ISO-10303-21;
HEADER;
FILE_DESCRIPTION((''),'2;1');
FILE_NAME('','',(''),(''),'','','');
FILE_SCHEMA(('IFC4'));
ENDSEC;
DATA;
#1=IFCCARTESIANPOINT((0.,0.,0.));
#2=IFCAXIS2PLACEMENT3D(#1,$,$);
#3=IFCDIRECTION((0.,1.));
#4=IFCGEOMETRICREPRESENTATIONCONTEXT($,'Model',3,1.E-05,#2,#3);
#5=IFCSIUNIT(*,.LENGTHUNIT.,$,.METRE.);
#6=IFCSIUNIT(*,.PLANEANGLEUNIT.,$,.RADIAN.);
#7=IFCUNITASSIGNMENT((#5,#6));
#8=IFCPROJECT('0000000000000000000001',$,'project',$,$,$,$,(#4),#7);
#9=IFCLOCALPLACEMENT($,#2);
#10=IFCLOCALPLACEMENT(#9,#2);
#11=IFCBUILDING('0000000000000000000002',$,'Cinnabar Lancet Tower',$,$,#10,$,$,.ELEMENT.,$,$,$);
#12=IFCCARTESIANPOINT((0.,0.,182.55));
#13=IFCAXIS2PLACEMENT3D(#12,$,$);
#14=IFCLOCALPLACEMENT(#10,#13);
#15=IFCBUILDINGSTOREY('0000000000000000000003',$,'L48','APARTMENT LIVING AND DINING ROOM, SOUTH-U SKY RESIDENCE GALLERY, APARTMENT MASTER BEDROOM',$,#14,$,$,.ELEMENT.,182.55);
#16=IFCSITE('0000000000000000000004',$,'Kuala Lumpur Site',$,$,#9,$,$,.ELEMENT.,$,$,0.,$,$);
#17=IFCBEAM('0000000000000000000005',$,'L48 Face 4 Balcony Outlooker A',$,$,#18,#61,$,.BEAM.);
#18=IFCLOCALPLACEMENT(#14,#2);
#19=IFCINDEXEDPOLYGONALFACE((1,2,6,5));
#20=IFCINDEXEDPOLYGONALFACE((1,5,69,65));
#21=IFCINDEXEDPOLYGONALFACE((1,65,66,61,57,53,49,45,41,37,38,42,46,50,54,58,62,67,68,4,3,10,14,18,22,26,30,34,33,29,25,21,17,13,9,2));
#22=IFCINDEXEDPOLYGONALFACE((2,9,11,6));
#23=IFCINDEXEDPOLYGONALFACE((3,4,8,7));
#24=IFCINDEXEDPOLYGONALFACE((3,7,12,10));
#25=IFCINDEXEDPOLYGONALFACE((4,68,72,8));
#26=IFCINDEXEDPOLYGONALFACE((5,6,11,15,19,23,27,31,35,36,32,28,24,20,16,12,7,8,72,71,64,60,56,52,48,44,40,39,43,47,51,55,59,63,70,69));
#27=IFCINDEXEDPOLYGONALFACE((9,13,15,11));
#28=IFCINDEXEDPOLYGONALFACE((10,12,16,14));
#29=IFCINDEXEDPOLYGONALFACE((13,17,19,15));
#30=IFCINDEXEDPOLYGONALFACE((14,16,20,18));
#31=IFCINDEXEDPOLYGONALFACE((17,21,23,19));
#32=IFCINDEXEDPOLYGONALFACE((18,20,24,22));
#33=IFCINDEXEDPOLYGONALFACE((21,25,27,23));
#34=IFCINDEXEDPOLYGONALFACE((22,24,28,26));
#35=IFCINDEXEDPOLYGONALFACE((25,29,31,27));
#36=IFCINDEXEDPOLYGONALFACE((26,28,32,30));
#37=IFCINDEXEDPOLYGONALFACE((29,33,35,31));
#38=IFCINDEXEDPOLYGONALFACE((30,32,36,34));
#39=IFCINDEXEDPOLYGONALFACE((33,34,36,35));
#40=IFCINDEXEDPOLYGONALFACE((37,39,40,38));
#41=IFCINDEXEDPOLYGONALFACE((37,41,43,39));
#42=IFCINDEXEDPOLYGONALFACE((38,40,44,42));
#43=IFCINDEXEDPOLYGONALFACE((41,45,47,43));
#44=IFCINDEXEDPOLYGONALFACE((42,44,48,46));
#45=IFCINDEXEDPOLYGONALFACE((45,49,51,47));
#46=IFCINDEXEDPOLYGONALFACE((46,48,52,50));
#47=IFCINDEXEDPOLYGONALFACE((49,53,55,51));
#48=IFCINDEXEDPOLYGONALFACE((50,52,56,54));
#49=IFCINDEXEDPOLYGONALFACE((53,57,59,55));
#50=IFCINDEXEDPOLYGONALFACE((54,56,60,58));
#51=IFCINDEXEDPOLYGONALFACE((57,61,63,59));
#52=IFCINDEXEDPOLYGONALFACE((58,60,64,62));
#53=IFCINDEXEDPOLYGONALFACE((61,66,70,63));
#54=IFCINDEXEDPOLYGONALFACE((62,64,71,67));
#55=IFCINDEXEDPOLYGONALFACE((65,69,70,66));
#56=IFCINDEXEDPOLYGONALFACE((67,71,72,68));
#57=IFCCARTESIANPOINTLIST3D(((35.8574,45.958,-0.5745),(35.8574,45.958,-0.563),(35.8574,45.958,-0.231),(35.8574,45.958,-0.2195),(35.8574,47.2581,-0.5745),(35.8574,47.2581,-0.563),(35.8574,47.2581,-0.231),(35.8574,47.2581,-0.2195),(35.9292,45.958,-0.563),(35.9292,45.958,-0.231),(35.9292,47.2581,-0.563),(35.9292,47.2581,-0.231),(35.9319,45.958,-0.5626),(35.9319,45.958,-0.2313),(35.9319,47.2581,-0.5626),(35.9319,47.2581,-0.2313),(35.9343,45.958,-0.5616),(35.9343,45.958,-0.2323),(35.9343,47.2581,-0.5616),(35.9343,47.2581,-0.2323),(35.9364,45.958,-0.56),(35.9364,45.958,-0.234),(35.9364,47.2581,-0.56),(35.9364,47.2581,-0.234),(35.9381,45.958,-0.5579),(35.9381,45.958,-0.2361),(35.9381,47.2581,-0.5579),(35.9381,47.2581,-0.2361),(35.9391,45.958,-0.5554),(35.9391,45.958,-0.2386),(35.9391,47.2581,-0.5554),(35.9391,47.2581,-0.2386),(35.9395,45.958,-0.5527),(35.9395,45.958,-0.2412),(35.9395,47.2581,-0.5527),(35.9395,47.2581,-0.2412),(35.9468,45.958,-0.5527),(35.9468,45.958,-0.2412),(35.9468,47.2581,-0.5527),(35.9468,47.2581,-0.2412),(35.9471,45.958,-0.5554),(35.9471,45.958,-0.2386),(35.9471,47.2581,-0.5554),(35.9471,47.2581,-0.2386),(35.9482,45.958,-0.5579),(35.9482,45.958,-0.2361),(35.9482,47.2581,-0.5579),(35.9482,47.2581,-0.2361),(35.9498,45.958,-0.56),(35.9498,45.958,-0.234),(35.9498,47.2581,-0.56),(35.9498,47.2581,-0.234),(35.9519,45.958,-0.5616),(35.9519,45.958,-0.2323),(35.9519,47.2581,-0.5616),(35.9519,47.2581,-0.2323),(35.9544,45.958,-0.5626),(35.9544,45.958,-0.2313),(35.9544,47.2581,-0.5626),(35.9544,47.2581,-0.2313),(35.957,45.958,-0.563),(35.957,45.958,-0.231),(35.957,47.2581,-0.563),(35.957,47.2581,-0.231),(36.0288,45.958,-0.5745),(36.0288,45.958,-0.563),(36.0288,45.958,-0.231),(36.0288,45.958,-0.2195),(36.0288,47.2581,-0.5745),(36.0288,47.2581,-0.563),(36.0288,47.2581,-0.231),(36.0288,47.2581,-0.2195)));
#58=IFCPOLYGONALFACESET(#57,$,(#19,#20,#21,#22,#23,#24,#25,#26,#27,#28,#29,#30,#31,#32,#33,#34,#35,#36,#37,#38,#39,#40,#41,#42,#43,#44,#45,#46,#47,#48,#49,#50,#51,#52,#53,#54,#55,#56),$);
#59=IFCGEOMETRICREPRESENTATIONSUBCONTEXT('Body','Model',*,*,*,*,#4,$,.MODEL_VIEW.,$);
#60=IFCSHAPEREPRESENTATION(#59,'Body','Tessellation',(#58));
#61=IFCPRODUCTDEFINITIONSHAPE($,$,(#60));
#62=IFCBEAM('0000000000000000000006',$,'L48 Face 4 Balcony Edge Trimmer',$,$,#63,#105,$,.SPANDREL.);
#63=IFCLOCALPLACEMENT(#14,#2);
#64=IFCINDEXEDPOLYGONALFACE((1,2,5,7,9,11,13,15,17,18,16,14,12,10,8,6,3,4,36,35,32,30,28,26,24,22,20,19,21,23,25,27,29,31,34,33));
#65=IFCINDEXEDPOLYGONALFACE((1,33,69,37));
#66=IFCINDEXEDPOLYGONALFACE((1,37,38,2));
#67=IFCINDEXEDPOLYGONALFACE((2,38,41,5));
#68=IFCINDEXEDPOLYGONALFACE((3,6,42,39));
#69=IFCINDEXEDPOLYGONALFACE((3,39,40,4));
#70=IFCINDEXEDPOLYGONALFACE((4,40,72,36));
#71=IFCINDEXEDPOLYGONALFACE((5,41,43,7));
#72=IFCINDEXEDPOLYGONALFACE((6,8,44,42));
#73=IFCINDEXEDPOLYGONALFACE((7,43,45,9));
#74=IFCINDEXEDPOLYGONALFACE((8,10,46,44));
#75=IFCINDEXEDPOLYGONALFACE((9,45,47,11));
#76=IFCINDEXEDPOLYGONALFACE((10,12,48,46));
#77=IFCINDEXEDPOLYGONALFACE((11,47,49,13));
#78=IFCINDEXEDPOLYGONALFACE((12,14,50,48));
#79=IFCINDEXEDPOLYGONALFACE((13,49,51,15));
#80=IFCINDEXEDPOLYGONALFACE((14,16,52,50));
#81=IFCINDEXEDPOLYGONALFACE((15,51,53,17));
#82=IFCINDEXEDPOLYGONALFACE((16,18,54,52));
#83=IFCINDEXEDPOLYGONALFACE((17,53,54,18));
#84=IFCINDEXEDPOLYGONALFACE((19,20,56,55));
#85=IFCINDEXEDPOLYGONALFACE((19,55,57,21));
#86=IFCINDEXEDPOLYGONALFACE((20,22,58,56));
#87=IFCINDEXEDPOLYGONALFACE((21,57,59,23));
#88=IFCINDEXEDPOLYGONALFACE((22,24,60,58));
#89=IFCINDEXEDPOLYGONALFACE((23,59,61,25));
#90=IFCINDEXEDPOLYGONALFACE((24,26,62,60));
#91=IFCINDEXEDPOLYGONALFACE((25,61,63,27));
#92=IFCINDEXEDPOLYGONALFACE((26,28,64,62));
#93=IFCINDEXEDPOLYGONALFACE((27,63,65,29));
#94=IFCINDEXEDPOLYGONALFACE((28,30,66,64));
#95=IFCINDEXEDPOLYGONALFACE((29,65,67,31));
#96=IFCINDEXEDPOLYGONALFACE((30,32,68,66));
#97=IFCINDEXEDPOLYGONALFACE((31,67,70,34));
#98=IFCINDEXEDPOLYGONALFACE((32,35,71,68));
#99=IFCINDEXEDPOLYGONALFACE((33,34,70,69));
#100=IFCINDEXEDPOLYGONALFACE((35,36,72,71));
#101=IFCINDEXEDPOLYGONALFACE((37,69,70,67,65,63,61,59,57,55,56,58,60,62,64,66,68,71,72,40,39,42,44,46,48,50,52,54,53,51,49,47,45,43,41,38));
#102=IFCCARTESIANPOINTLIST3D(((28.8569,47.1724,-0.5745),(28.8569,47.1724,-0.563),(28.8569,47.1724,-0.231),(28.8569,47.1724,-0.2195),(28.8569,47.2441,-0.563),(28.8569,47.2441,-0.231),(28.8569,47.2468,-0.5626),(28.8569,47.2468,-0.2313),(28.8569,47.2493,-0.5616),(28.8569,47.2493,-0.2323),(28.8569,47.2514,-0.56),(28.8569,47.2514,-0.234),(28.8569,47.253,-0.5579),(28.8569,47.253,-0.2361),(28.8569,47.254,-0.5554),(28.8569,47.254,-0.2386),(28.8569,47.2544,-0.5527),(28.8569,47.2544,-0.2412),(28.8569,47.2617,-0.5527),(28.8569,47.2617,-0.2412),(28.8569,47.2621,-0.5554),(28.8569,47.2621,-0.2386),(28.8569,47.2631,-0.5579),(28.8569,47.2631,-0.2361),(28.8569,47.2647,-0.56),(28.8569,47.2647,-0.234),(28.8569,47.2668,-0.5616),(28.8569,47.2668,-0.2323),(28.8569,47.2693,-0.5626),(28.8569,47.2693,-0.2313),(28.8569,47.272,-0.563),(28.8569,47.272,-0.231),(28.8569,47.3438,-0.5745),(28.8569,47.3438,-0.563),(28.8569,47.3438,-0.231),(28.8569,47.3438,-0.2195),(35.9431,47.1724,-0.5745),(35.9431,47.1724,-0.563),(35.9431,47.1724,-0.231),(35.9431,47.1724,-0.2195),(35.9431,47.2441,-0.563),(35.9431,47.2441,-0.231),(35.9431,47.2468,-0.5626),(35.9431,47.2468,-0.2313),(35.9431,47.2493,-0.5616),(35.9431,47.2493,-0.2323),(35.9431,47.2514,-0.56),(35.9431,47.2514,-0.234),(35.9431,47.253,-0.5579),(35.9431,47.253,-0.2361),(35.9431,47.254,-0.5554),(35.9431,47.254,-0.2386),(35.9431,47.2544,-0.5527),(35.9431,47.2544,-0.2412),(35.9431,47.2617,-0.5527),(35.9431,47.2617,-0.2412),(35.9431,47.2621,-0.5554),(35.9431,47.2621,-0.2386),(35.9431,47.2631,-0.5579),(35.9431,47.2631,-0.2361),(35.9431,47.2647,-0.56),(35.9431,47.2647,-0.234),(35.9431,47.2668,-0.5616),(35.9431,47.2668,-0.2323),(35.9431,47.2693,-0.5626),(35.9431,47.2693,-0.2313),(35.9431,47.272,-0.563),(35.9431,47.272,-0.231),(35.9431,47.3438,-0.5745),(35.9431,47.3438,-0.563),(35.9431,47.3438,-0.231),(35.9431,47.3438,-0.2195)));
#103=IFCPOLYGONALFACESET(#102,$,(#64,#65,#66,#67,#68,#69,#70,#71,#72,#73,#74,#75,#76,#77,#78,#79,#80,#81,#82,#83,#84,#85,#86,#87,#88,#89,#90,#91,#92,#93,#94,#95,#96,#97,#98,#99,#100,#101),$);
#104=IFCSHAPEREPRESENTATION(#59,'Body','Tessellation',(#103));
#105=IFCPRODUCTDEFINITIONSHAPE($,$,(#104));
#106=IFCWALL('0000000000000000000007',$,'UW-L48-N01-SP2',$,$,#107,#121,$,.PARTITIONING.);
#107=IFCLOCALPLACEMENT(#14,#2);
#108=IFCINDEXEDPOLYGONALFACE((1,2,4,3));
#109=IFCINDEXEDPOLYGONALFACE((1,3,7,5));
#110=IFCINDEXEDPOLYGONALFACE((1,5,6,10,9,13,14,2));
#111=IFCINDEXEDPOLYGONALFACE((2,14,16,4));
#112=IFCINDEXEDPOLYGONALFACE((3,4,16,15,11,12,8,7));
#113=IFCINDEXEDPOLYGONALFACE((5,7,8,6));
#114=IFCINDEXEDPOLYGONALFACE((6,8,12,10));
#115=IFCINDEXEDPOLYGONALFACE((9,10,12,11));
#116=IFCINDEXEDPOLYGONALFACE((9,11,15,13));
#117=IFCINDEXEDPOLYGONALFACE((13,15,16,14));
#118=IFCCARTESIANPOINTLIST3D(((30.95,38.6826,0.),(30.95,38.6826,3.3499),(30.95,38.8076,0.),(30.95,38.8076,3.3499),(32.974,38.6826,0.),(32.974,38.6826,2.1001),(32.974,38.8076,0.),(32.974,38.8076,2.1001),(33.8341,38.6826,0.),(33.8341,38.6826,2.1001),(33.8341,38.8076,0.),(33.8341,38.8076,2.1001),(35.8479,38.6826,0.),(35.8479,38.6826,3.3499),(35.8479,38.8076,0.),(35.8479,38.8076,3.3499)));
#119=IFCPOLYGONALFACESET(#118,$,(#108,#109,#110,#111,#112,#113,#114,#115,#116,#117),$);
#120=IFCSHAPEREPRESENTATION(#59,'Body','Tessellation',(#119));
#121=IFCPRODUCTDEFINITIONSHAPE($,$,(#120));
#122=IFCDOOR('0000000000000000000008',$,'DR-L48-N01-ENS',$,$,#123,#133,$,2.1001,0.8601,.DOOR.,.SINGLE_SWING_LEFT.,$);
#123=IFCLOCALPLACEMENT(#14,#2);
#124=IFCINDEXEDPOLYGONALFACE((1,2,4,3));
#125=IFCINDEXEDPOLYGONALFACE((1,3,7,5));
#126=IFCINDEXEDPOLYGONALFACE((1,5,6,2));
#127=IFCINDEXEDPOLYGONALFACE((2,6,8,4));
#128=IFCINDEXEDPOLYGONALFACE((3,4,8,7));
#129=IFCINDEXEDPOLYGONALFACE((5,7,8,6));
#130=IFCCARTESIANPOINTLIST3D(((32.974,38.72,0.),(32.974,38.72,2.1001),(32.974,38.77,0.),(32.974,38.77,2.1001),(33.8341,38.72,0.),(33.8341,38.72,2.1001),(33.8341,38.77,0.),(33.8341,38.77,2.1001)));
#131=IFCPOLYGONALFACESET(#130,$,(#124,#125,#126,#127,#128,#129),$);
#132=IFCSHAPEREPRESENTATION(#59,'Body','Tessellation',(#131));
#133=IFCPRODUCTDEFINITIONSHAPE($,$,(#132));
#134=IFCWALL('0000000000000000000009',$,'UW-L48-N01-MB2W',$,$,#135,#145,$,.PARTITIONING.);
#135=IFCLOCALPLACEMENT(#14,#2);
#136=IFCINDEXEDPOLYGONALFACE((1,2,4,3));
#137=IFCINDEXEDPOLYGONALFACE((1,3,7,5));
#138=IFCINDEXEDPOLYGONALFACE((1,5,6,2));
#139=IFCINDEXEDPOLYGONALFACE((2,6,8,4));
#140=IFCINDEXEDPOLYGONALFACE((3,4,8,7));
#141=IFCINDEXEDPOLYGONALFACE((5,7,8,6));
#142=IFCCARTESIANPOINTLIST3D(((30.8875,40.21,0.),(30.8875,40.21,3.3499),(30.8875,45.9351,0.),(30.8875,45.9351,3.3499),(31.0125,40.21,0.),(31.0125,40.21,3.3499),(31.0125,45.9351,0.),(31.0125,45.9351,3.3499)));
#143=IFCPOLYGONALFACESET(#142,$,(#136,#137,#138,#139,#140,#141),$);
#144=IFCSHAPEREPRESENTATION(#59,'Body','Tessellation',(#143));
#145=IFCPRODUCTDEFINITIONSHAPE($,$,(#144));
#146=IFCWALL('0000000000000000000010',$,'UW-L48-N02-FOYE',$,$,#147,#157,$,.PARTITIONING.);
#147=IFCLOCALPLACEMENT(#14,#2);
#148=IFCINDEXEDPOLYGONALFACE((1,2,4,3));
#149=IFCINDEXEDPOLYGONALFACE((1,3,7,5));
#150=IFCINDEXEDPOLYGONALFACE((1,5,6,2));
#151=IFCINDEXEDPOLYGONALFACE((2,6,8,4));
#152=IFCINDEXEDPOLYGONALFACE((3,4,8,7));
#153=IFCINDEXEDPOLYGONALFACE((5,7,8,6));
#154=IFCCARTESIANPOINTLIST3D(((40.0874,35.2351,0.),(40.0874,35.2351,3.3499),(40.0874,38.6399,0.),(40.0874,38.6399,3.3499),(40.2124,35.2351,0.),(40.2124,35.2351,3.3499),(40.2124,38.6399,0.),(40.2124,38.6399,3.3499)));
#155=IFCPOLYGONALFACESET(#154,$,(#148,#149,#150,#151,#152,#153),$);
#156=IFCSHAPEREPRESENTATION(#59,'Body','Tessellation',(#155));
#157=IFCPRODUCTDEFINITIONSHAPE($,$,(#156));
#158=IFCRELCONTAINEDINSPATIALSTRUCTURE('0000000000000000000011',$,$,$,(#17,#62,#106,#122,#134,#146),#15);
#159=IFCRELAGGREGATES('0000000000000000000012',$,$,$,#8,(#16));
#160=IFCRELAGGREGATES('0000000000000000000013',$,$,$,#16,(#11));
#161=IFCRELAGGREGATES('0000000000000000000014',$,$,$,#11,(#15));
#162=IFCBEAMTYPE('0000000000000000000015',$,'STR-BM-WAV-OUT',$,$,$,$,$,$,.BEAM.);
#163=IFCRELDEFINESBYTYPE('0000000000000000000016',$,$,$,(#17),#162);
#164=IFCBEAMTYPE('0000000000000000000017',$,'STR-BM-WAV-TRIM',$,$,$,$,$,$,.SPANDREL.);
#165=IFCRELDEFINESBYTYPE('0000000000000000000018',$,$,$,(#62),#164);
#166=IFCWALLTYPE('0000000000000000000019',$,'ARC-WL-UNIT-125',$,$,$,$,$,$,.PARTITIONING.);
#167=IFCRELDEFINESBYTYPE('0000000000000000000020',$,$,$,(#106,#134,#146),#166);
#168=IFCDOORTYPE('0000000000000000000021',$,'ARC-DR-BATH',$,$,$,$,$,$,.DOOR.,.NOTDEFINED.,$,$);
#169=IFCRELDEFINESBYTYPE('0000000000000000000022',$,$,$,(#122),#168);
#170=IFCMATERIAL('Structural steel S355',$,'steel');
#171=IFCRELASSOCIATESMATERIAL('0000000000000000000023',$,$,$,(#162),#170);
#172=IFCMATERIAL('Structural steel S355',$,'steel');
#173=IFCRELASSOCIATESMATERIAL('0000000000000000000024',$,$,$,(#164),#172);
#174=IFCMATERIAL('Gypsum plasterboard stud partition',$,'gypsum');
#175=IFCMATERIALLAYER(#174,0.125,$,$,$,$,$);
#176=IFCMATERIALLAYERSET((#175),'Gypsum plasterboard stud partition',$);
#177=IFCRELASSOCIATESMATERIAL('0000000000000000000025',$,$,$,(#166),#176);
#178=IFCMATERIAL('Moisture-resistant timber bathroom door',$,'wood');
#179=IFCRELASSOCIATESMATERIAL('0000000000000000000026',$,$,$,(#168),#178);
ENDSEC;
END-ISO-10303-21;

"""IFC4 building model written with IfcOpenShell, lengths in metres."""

from ifc_helpers import new_model, si_unit, direction, frame, frame_2d, origin, origin_2d, place, context, subcontext, project, spatial, rectangle, i_section, extrude, material, layer, layer_set, material_profile, profile_set, type_object, element, fill, save


model = new_model("IFC4")

# Units and contexts
model_context = context("Model", 3, precision=1e-05, world=origin(), true_north=direction((0.0, 1.0)))
body_context = subcontext(model_context, "Body", "Model", "MODEL_VIEW")
ifc_project = project(units=[si_unit("LENGTHUNIT", "METRE"), si_unit("PLANEANGLEUNIT", "RADIAN")], contexts=[model_context])

# Site, building, storey
site_placement = place(None, origin())
site = spatial("IfcSite", under=ifc_project, at=site_placement, Name="Kuala Lumpur Site", CompositionType="ELEMENT", RefElevation=0.0)
building_placement = place(site_placement, origin())
building = spatial("IfcBuilding", under=site, at=building_placement, Name="Cinnabar Lancet Tower", CompositionType="ELEMENT")
storey_placement = place(building_placement, frame((0.0, 0.0, 182.55)))
storey = spatial("IfcBuildingStorey", under=building, at=storey_placement, Name="L48", Description="APARTMENT LIVING AND DINING ROOM, SOUTH-U SKY RESIDENCE GALLERY, APARTMENT MASTER BEDROOM", CompositionType="ELEMENT", Elevation=182.55)

# Beams
ifc_material_1 = material(Name="Structural steel S355", Category="steel")
ifc_material_profile_1 = material_profile(ifc_material_1, i_section(OverallWidth=0.1714, OverallDepth=0.355, WebThickness=0.0073, FlangeThickness=0.0115, FilletRadius=0.0103, at=origin_2d()), Name="UKB 356x171x51")
ifc_profile_set_1 = profile_set([ifc_material_profile_1], Name="Structural steel S355")
beam_type_1 = type_object("IfcBeamType", Name="STR-BM-WAV-OUT", PredefinedType="BEAM", material=ifc_profile_set_1)
beam_1_placement = place(storey_placement, frame((35.9431, 45.958, -0.397), z_axis=(0.0, 1.0, 0.0), x_axis=(-1.0, 0.0, 0.0)))
element("IfcBeam", 1, at=beam_1_placement, inside=storey, type_object=beam_type_1, Name="L48 Face 4 Balcony Outlooker A", PredefinedType="BEAM", context=body_context, shape_type="SweptSolid", body=[
    extrude(i_section(OverallWidth=0.1714, OverallDepth=0.355, WebThickness=0.0073, FlangeThickness=0.0115, FilletRadius=0.0103, at=origin_2d()), origin(), (0.0, 0.0, 1.0), 1.3),
])
ifc_material_2 = material(Name="Structural steel S355", Category="steel")
ifc_material_profile_2 = material_profile(ifc_material_2, i_section(OverallWidth=0.1714, OverallDepth=0.355, WebThickness=0.0073, FlangeThickness=0.0115, FilletRadius=0.0103, at=origin_2d()), Name="UKB 356x171x51")
ifc_profile_set_2 = profile_set([ifc_material_profile_2], Name="Structural steel S355")
beam_type_2 = type_object("IfcBeamType", Name="STR-BM-WAV-TRIM", PredefinedType="SPANDREL", material=ifc_profile_set_2)
beam_2_placement = place(storey_placement, frame((35.9431, 47.2581, -0.397), z_axis=(-1.0, 0.0, 0.0), x_axis=(0.0, -1.0, 0.0)))
element("IfcBeam", 2, at=beam_2_placement, inside=storey, type_object=beam_type_2, Name="L48 Face 4 Balcony Edge Trimmer", PredefinedType="SPANDREL", context=body_context, shape_type="SweptSolid", body=[
    extrude(i_section(OverallWidth=0.1714, OverallDepth=0.355, WebThickness=0.0073, FlangeThickness=0.0115, FilletRadius=0.0103, at=origin_2d()), origin(), (0.0, 0.0, 1.0), 7.0862),
])

# Wall, opening, door
ifc_material_3 = material(Name="Gypsum plasterboard stud partition", Category="gypsum")
ifc_layer_1 = layer(ifc_material_3, 0.125)
ifc_layer_set_1 = layer_set([ifc_layer_1], Name="Gypsum plasterboard stud partition")
wall_type_1 = type_object("IfcWallType", Name="ARC-WL-UNIT-125", PredefinedType="PARTITIONING", material=ifc_layer_set_1)
wall_1_placement = place(storey_placement, frame((30.95, 38.7451, 0.0), z_axis=(0.0, 0.0, 1.0), x_axis=(1.0, 0.0, 0.0)))
wall_1 = element("IfcWall", 3, at=wall_1_placement, inside=storey, type_object=wall_type_1, Name="UW-L48-N01-SP2", PredefinedType="PARTITIONING", context=body_context, shape_type="SweptSolid", body=[
    extrude(rectangle(XDim=4.8979, YDim=0.125, at=frame_2d((2.449, 0.0))), origin(), (0.0, 0.0, 1.0), 3.3499),
])
opening_1_placement = place(wall_1_placement, frame((2.0239, 0.0, 0.0)))
opening_1 = element("IfcOpeningElement", 4, at=opening_1_placement, cuts=wall_1, PredefinedType="OPENING", context=body_context, shape_type="SweptSolid", body=[
    extrude(rectangle(XDim=0.8601, YDim=2.1001, at=frame_2d((0.4302, 1.05))), frame((0.0, 0.0725, 0.0), z_axis=(0.0, -1.0, 0.0), x_axis=(1.0, 0.0, 0.0)), (0.0, 0.0, 1.0), 0.145),
])
ifc_material_4 = material(Name="Moisture-resistant timber bathroom door", Category="wood")
door_type_1 = type_object("IfcDoorType", Name="ARC-DR-BATH", OperationType="NOTDEFINED", PredefinedType="DOOR", material=ifc_material_4)
door_1_placement = place(opening_1_placement, origin())
door_1 = element("IfcDoor", 5, at=door_1_placement, inside=storey, type_object=door_type_1, Name="DR-L48-N01-ENS", OperationType="SINGLE_SWING_LEFT", OverallHeight=2.1001, OverallWidth=0.8601, PredefinedType="DOOR", context=body_context, shape_type="SweptSolid", body=[
    extrude(rectangle(XDim=0.8601, YDim=2.1001, at=frame_2d((0.4302, 1.05))), frame((0.0, 0.0249, 0.0), z_axis=(0.0, -1.0, 0.0), x_axis=(1.0, 0.0, 0.0)), (0.0, 0.0, 1.0), 0.05),
])
fill(opening_1, door_1)

# Walls
wall_2_placement = place(storey_placement, frame((30.95, 40.21, 0.0), z_axis=(0.0, 0.0, 1.0), x_axis=(0.0, 1.0, 0.0)))
element("IfcWall", 6, at=wall_2_placement, inside=storey, type_object=wall_type_1, Name="UW-L48-N01-MB2W", PredefinedType="PARTITIONING", context=body_context, shape_type="SweptSolid", body=[
    extrude(rectangle(XDim=5.7251, YDim=0.125, at=frame_2d((2.8625, 0.0))), origin(), (0.0, 0.0, 1.0), 3.3499),
])
wall_3_placement = place(storey_placement, frame((40.1499, 35.2351, 0.0), z_axis=(0.0, 0.0, 1.0), x_axis=(0.0, 1.0, 0.0)))
element("IfcWall", 7, at=wall_3_placement, inside=storey, type_object=wall_type_1, Name="UW-L48-N02-FOYE", PredefinedType="PARTITIONING", context=body_context, shape_type="SweptSolid", body=[
    extrude(rectangle(XDim=3.4048, YDim=0.125, at=frame_2d((1.7024, 0.0))), origin(), (0.0, 0.0, 1.0), 3.3499),
])

save(model, "model.ifc")
